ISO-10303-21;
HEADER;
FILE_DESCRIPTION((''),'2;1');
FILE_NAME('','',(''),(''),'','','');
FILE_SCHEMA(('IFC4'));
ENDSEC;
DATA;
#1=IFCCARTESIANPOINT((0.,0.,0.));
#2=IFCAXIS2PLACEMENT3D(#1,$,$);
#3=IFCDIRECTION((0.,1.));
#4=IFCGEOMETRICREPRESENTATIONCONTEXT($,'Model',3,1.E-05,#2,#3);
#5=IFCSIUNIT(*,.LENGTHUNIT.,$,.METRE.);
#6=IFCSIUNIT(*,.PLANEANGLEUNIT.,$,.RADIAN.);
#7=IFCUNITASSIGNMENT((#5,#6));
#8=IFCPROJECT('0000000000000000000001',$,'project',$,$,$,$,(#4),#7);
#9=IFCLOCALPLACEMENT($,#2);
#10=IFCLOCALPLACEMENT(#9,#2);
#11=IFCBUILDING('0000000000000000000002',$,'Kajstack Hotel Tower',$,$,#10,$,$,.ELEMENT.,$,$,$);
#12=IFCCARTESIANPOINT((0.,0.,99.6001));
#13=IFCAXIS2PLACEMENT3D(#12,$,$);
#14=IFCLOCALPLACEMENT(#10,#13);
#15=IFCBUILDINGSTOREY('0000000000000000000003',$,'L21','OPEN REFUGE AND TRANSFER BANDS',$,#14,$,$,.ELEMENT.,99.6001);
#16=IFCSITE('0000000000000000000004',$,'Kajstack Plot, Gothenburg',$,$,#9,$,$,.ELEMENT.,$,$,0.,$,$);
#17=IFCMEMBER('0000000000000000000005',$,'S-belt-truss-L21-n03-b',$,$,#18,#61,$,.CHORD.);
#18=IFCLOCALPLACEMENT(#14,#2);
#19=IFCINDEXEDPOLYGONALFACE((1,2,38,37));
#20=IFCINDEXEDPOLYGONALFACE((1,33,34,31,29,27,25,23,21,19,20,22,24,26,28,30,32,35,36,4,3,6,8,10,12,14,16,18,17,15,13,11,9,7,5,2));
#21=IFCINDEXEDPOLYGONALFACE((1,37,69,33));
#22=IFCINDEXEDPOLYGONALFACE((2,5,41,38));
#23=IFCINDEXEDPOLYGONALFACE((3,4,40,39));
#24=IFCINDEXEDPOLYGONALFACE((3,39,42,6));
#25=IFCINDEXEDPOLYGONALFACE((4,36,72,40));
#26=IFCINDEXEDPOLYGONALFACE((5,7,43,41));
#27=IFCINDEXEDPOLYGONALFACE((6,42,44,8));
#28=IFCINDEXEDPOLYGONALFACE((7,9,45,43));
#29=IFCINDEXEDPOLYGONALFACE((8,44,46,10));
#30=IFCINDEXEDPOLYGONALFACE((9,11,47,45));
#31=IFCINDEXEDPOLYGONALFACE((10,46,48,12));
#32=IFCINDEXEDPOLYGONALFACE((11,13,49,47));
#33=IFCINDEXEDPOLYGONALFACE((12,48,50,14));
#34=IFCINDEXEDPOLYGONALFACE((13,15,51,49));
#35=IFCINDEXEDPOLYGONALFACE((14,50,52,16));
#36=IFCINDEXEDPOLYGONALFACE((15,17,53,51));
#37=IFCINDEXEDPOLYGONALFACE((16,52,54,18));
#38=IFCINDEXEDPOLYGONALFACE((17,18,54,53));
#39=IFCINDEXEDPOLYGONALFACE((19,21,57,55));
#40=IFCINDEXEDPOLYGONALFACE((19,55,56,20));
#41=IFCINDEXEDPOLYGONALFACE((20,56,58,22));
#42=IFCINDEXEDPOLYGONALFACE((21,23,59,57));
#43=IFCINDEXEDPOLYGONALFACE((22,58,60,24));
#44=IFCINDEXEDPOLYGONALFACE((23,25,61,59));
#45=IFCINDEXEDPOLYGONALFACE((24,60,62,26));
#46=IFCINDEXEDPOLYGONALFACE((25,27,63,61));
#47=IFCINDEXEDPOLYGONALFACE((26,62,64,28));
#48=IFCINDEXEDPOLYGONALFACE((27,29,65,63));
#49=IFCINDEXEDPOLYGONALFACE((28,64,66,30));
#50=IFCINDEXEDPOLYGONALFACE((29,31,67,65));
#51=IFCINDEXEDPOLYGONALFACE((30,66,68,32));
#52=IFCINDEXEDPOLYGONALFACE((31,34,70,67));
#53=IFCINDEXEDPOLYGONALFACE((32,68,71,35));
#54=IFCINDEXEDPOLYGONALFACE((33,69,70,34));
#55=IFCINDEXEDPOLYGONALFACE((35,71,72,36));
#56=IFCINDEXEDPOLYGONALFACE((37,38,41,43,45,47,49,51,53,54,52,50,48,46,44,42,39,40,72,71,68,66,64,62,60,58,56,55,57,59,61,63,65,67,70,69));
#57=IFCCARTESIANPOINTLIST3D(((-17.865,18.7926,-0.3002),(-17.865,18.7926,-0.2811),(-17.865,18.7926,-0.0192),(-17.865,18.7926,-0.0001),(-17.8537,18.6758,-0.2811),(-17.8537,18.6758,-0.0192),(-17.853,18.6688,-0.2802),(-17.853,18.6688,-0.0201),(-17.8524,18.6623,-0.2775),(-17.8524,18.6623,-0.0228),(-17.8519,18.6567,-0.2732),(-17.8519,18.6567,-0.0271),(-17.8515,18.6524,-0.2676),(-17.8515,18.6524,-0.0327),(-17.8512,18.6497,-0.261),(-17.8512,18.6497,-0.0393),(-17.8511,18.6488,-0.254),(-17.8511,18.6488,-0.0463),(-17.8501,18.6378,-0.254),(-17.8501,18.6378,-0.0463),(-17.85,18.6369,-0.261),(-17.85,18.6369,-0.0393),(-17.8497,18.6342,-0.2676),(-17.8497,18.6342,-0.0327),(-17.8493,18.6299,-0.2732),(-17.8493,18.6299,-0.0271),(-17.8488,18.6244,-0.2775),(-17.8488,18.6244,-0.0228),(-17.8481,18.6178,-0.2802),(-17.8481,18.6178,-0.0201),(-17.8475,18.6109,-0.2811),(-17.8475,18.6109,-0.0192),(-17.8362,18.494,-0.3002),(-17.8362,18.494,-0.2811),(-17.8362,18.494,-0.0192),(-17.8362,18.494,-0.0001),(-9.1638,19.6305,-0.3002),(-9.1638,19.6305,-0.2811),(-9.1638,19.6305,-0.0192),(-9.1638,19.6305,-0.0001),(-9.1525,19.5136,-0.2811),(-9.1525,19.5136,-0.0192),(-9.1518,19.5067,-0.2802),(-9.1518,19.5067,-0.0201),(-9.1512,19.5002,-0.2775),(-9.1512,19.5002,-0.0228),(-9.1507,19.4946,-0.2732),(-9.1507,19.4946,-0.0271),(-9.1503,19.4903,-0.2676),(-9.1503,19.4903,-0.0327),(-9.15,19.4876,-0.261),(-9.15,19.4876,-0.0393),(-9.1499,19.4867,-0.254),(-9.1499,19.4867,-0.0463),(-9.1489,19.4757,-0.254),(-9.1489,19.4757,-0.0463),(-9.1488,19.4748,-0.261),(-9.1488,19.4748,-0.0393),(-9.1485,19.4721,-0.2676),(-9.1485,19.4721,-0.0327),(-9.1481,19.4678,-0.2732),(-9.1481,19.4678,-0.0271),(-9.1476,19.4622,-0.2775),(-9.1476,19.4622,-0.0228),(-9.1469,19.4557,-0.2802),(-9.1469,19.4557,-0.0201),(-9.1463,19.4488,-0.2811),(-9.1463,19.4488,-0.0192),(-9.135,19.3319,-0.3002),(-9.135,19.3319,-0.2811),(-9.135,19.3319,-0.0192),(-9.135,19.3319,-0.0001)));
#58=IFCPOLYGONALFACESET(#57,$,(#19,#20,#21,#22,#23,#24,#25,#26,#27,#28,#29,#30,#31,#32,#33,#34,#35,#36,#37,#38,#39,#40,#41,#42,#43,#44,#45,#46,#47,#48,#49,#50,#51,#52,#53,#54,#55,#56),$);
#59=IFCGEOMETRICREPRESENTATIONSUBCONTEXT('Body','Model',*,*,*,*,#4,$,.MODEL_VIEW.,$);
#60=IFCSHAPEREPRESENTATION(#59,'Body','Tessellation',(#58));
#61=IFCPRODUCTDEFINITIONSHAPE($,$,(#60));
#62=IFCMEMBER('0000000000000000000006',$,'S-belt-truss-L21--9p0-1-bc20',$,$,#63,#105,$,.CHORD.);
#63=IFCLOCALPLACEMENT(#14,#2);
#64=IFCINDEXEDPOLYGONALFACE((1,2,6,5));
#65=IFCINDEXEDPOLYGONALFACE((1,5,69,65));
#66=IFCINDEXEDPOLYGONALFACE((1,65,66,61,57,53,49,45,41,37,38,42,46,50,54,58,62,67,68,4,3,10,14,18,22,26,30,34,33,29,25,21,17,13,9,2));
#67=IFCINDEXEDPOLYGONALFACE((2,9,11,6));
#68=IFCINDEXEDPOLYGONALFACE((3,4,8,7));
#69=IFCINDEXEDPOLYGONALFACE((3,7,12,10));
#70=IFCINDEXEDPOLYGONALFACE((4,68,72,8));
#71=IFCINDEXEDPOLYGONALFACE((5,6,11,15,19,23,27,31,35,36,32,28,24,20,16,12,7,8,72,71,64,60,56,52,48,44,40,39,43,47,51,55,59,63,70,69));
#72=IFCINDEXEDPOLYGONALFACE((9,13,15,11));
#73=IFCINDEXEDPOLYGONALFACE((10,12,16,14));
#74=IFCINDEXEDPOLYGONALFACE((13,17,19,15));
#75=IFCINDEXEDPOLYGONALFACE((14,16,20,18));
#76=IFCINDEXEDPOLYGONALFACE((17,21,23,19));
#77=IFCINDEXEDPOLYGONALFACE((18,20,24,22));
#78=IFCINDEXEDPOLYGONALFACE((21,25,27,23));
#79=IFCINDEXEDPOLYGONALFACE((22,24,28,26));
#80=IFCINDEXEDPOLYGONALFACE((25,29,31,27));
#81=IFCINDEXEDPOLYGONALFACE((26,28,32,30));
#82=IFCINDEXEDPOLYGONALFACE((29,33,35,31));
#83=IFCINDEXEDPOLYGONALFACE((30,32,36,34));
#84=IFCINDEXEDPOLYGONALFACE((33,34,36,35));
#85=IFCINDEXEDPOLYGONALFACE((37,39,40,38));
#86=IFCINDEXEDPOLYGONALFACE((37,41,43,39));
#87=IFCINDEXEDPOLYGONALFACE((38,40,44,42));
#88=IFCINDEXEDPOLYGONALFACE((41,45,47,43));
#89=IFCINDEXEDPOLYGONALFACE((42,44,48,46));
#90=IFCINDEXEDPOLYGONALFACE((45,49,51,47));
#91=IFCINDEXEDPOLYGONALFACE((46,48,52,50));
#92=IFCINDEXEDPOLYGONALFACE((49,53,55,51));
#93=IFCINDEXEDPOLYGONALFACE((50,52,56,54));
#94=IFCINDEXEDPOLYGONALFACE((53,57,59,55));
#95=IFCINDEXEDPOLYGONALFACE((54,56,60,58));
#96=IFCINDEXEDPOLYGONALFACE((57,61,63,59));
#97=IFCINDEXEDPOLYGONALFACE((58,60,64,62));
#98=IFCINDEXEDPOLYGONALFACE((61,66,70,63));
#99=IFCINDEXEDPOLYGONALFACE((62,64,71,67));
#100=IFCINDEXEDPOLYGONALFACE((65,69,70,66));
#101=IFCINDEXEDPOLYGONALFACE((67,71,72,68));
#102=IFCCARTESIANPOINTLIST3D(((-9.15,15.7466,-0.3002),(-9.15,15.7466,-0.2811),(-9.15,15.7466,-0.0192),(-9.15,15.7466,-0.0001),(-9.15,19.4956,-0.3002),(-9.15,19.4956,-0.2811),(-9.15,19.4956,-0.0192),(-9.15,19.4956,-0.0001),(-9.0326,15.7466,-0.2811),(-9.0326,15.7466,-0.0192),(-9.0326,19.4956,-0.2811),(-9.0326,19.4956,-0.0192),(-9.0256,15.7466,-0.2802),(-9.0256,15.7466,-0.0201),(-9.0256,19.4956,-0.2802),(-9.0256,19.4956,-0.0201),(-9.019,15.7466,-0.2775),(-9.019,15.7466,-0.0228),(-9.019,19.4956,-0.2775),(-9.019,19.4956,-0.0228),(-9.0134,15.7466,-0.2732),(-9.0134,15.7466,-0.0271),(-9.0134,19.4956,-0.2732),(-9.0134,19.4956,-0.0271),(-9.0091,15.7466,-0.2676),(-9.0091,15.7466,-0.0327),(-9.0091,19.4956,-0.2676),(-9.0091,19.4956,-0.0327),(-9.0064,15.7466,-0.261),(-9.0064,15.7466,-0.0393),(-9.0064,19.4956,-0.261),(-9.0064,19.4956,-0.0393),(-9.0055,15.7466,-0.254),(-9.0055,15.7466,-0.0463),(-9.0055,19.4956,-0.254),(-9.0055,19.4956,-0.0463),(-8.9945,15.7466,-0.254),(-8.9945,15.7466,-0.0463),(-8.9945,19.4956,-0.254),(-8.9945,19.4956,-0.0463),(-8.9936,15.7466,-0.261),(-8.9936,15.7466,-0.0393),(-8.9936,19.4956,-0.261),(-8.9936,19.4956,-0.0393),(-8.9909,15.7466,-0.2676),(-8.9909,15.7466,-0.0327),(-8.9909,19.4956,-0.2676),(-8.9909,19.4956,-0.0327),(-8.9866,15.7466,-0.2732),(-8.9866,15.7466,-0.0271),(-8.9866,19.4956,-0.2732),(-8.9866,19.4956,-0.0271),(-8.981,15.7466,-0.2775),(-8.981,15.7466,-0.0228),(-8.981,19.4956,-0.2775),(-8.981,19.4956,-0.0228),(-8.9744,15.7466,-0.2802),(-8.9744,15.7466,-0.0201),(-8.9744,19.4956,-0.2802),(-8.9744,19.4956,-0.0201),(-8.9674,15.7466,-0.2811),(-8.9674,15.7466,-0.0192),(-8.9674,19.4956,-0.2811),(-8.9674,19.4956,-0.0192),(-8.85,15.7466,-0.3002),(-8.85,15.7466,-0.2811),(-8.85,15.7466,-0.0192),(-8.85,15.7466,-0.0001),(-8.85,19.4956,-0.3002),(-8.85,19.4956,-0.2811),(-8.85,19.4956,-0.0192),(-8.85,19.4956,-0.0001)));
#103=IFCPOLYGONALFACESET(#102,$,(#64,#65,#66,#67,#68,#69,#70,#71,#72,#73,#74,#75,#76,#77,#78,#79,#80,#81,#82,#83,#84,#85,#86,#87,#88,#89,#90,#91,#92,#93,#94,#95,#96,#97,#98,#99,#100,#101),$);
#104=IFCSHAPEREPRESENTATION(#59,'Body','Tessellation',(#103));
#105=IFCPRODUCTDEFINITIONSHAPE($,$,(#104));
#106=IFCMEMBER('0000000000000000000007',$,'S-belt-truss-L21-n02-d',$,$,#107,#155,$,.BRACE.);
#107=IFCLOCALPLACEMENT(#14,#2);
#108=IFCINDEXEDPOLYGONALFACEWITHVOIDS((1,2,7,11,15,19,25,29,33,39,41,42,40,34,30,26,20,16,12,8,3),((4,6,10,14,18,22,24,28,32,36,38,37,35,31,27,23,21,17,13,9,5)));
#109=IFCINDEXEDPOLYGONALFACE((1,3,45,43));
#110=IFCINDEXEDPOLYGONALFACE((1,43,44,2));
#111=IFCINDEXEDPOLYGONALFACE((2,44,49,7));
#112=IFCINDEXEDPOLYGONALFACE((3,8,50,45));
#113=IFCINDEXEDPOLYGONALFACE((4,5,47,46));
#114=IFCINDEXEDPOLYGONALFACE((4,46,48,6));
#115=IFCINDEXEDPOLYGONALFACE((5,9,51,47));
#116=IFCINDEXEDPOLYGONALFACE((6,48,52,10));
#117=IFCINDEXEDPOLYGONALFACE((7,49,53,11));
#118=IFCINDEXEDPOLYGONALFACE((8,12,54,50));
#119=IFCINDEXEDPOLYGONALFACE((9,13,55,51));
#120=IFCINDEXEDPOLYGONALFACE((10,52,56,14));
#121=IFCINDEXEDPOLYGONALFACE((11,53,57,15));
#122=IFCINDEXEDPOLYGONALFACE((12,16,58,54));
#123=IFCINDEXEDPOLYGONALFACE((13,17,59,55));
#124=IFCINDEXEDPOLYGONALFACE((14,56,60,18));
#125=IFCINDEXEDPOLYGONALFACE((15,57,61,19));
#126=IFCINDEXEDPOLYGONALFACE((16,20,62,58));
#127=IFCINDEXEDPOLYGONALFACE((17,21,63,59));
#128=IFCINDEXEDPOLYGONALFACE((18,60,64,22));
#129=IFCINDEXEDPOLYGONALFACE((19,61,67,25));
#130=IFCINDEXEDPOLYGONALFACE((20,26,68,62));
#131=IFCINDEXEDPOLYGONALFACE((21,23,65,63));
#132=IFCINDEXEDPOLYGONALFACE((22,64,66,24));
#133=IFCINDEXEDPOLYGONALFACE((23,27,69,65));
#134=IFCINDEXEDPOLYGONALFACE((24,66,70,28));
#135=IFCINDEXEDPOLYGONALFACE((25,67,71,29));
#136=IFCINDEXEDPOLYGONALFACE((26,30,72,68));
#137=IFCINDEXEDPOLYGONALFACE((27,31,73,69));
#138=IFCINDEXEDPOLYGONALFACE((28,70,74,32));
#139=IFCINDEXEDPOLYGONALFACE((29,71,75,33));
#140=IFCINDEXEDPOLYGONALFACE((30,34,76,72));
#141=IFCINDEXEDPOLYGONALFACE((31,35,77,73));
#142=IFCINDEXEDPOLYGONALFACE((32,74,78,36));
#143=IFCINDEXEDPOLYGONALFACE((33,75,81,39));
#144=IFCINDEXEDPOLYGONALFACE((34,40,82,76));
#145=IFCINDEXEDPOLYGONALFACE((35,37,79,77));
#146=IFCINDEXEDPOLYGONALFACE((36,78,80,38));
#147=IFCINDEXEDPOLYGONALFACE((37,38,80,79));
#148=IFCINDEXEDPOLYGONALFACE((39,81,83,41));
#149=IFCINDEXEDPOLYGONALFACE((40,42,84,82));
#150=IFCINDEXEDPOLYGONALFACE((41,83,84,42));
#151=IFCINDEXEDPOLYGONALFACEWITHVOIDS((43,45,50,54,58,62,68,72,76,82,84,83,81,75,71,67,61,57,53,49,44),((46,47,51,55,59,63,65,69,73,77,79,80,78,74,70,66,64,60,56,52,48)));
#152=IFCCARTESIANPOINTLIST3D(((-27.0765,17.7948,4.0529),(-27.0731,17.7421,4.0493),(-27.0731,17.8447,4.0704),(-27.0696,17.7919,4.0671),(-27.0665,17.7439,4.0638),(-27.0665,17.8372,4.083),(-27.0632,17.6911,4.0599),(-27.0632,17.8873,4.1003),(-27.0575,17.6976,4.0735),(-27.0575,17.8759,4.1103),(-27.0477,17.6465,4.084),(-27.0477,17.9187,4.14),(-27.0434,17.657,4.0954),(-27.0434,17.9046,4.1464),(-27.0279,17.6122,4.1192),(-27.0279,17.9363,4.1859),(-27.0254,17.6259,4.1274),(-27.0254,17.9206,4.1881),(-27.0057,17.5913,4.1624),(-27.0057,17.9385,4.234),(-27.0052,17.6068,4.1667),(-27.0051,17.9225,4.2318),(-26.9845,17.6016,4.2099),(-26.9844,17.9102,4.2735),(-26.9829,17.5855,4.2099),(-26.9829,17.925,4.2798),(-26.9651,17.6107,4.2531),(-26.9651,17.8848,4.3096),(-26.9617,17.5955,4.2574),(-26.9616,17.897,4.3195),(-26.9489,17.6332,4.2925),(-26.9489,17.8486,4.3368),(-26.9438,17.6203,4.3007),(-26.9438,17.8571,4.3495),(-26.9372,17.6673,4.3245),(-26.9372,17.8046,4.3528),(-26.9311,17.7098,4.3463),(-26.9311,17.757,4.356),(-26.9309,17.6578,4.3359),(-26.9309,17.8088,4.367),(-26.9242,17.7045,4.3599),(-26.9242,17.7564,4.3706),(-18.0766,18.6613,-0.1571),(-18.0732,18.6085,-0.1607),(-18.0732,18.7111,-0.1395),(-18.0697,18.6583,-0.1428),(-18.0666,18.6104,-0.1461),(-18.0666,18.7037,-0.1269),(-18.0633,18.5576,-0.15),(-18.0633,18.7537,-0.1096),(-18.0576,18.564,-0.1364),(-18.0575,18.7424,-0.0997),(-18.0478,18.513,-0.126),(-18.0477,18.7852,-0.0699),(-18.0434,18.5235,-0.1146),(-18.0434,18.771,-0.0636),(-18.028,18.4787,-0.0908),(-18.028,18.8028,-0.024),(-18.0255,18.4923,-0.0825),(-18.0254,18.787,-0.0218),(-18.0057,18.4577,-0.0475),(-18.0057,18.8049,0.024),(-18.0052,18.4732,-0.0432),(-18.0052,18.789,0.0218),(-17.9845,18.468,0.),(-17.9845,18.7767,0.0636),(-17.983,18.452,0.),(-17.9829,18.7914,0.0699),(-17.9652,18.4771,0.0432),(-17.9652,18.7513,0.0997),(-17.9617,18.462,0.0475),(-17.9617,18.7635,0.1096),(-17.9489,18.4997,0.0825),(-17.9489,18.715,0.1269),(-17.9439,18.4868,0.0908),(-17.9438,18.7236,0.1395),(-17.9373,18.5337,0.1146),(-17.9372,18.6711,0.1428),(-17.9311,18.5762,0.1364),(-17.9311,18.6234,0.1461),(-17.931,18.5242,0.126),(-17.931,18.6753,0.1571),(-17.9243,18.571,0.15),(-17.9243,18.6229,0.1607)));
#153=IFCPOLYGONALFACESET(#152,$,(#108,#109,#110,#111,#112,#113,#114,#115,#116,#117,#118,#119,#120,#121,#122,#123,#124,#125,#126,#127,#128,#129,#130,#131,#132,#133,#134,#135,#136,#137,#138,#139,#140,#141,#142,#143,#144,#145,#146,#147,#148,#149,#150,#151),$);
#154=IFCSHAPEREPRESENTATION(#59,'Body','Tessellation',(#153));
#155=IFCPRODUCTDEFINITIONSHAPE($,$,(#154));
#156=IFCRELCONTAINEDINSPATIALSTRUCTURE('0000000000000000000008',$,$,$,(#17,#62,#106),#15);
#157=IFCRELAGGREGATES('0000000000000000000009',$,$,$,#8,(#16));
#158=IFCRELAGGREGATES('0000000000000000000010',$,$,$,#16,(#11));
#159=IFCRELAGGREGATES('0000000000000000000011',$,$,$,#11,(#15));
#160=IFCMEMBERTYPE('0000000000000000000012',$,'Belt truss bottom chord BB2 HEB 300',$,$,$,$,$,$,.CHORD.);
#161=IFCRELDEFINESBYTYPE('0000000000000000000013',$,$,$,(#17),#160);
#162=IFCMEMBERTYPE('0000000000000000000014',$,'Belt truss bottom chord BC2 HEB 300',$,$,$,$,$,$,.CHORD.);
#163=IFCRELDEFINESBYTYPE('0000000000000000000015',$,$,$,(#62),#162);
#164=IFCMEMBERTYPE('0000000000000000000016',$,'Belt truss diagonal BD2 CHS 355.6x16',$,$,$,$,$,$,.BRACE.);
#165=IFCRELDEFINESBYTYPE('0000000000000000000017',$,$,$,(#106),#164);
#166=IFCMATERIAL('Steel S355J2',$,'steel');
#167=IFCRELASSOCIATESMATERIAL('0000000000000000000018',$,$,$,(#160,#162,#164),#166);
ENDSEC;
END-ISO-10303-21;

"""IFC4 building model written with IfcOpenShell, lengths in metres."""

from ifc_helpers import new_model, si_unit, direction, frame, origin, origin_2d, place, context, subcontext, project, spatial, hollow_circle, i_section, extrude, material, material_profile, profile_set, type_object, element, save


model = new_model("IFC4")

# Units and contexts
model_context = context("Model", 3, precision=1e-05, world=origin(), true_north=direction((0.0, 1.0)))
body_context = subcontext(model_context, "Body", "Model", "MODEL_VIEW")
ifc_project = project(units=[si_unit("LENGTHUNIT", "METRE"), si_unit("PLANEANGLEUNIT", "RADIAN")], contexts=[model_context])

# Site, building, storey
site_placement = place(None, origin())
site = spatial("IfcSite", under=ifc_project, at=site_placement, Name="Kajstack Plot, Gothenburg", CompositionType="ELEMENT", RefElevation=0.0)
building_placement = place(site_placement, origin())
building = spatial("IfcBuilding", under=site, at=building_placement, Name="Kajstack Hotel Tower", CompositionType="ELEMENT")
storey_placement = place(building_placement, frame((0.0, 0.0, 99.6001)))
storey = spatial("IfcBuildingStorey", under=building, at=storey_placement, Name="L21", Description="OPEN REFUGE AND TRANSFER BANDS", CompositionType="ELEMENT", Elevation=99.6001)

# Members
ifc_material_1 = material(Name="Steel S355J2", Category="steel")
ifc_material_profile_1 = material_profile(ifc_material_1, i_section(OverallWidth=0.3, OverallDepth=0.3, WebThickness=0.011, FlangeThickness=0.019, FilletRadius=0.0271, at=origin_2d()), Name="HEB 300")
ifc_profile_set_1 = profile_set([ifc_material_profile_1], Name="Steel S355J2")
member_type_1 = type_object("IfcMemberType", Name="Belt truss bottom chord BB2 HEB 300", PredefinedType="CHORD", material=ifc_profile_set_1)
member_1_placement = place(storey_placement, frame((-17.8506, 18.6433, -0.1501), z_axis=(0.995396, 0.095853, 0.0), x_axis=(-0.095853, 0.995396, 0.0)))
element("IfcMember", 1, at=member_1_placement, inside=storey, type_object=member_type_1, Name="S-belt-truss-L21-n03-b", PredefinedType="CHORD", context=body_context, shape_type="SweptSolid", body=[
    extrude(i_section(OverallWidth=0.3, OverallDepth=0.3, WebThickness=0.011, FlangeThickness=0.019, FilletRadius=0.0271, at=origin_2d()), origin(), (0.0, 0.0, 1.0), 8.7415),
])
ifc_material_profile_2 = material_profile(ifc_material_1, i_section(OverallWidth=0.3, OverallDepth=0.3, WebThickness=0.011, FlangeThickness=0.019, FilletRadius=0.0271, at=origin_2d()), Name="HEB 300")
ifc_profile_set_2 = profile_set([ifc_material_profile_2], Name="Steel S355J2")
member_type_2 = type_object("IfcMemberType", Name="Belt truss bottom chord BC2 HEB 300", PredefinedType="CHORD", material=ifc_profile_set_2)
member_2_placement = place(storey_placement, frame((-9.0, 15.7466, -0.1501), z_axis=(0.0, 1.0, 0.0), x_axis=(-1.0, 0.0, 0.0)))
element("IfcMember", 2, at=member_2_placement, inside=storey, type_object=member_type_2, Name="S-belt-truss-L21--9p0-1-bc20", PredefinedType="CHORD", context=body_context, shape_type="SweptSolid", body=[
    extrude(i_section(OverallWidth=0.3, OverallDepth=0.3, WebThickness=0.011, FlangeThickness=0.019, FilletRadius=0.0271, at=origin_2d()), origin(), (0.0, 0.0, 1.0), 3.749),
])
ifc_material_profile_3 = material_profile(ifc_material_1, hollow_circle(Radius=0.1777, WallThickness=0.0161, at=origin_2d()), Name="CHS 355.6x16")
ifc_profile_set_3 = profile_set([ifc_material_profile_3], Name="Steel S355J2")
member_type_3 = type_object("IfcMemberType", Name="Belt truss diagonal BD2 CHS 355.6x16", PredefinedType="BRACE", material=ifc_profile_set_3)
for number, where, z_axis, x_axis, name in (
    (3, (-18.0, 18.6289, 0.0), (-0.902374, -0.086874, 0.422107), (0.09583, -0.995398, 0.0), "S-belt-truss-L21-n02-d"),
):
    element("IfcMember", number, at=place(storey_placement, frame(where, z_axis=z_axis, x_axis=x_axis)), inside=storey, type_object=member_type_3, Name=name, PredefinedType="BRACE", context=body_context, shape_type="SweptSolid", body=[
        extrude(hollow_circle(Radius=0.1777, WallThickness=0.0161, at=origin_2d()), origin(), (0.0, 0.0, 1.0), 9.9736),
    ])

save(model, "model.ifc")
